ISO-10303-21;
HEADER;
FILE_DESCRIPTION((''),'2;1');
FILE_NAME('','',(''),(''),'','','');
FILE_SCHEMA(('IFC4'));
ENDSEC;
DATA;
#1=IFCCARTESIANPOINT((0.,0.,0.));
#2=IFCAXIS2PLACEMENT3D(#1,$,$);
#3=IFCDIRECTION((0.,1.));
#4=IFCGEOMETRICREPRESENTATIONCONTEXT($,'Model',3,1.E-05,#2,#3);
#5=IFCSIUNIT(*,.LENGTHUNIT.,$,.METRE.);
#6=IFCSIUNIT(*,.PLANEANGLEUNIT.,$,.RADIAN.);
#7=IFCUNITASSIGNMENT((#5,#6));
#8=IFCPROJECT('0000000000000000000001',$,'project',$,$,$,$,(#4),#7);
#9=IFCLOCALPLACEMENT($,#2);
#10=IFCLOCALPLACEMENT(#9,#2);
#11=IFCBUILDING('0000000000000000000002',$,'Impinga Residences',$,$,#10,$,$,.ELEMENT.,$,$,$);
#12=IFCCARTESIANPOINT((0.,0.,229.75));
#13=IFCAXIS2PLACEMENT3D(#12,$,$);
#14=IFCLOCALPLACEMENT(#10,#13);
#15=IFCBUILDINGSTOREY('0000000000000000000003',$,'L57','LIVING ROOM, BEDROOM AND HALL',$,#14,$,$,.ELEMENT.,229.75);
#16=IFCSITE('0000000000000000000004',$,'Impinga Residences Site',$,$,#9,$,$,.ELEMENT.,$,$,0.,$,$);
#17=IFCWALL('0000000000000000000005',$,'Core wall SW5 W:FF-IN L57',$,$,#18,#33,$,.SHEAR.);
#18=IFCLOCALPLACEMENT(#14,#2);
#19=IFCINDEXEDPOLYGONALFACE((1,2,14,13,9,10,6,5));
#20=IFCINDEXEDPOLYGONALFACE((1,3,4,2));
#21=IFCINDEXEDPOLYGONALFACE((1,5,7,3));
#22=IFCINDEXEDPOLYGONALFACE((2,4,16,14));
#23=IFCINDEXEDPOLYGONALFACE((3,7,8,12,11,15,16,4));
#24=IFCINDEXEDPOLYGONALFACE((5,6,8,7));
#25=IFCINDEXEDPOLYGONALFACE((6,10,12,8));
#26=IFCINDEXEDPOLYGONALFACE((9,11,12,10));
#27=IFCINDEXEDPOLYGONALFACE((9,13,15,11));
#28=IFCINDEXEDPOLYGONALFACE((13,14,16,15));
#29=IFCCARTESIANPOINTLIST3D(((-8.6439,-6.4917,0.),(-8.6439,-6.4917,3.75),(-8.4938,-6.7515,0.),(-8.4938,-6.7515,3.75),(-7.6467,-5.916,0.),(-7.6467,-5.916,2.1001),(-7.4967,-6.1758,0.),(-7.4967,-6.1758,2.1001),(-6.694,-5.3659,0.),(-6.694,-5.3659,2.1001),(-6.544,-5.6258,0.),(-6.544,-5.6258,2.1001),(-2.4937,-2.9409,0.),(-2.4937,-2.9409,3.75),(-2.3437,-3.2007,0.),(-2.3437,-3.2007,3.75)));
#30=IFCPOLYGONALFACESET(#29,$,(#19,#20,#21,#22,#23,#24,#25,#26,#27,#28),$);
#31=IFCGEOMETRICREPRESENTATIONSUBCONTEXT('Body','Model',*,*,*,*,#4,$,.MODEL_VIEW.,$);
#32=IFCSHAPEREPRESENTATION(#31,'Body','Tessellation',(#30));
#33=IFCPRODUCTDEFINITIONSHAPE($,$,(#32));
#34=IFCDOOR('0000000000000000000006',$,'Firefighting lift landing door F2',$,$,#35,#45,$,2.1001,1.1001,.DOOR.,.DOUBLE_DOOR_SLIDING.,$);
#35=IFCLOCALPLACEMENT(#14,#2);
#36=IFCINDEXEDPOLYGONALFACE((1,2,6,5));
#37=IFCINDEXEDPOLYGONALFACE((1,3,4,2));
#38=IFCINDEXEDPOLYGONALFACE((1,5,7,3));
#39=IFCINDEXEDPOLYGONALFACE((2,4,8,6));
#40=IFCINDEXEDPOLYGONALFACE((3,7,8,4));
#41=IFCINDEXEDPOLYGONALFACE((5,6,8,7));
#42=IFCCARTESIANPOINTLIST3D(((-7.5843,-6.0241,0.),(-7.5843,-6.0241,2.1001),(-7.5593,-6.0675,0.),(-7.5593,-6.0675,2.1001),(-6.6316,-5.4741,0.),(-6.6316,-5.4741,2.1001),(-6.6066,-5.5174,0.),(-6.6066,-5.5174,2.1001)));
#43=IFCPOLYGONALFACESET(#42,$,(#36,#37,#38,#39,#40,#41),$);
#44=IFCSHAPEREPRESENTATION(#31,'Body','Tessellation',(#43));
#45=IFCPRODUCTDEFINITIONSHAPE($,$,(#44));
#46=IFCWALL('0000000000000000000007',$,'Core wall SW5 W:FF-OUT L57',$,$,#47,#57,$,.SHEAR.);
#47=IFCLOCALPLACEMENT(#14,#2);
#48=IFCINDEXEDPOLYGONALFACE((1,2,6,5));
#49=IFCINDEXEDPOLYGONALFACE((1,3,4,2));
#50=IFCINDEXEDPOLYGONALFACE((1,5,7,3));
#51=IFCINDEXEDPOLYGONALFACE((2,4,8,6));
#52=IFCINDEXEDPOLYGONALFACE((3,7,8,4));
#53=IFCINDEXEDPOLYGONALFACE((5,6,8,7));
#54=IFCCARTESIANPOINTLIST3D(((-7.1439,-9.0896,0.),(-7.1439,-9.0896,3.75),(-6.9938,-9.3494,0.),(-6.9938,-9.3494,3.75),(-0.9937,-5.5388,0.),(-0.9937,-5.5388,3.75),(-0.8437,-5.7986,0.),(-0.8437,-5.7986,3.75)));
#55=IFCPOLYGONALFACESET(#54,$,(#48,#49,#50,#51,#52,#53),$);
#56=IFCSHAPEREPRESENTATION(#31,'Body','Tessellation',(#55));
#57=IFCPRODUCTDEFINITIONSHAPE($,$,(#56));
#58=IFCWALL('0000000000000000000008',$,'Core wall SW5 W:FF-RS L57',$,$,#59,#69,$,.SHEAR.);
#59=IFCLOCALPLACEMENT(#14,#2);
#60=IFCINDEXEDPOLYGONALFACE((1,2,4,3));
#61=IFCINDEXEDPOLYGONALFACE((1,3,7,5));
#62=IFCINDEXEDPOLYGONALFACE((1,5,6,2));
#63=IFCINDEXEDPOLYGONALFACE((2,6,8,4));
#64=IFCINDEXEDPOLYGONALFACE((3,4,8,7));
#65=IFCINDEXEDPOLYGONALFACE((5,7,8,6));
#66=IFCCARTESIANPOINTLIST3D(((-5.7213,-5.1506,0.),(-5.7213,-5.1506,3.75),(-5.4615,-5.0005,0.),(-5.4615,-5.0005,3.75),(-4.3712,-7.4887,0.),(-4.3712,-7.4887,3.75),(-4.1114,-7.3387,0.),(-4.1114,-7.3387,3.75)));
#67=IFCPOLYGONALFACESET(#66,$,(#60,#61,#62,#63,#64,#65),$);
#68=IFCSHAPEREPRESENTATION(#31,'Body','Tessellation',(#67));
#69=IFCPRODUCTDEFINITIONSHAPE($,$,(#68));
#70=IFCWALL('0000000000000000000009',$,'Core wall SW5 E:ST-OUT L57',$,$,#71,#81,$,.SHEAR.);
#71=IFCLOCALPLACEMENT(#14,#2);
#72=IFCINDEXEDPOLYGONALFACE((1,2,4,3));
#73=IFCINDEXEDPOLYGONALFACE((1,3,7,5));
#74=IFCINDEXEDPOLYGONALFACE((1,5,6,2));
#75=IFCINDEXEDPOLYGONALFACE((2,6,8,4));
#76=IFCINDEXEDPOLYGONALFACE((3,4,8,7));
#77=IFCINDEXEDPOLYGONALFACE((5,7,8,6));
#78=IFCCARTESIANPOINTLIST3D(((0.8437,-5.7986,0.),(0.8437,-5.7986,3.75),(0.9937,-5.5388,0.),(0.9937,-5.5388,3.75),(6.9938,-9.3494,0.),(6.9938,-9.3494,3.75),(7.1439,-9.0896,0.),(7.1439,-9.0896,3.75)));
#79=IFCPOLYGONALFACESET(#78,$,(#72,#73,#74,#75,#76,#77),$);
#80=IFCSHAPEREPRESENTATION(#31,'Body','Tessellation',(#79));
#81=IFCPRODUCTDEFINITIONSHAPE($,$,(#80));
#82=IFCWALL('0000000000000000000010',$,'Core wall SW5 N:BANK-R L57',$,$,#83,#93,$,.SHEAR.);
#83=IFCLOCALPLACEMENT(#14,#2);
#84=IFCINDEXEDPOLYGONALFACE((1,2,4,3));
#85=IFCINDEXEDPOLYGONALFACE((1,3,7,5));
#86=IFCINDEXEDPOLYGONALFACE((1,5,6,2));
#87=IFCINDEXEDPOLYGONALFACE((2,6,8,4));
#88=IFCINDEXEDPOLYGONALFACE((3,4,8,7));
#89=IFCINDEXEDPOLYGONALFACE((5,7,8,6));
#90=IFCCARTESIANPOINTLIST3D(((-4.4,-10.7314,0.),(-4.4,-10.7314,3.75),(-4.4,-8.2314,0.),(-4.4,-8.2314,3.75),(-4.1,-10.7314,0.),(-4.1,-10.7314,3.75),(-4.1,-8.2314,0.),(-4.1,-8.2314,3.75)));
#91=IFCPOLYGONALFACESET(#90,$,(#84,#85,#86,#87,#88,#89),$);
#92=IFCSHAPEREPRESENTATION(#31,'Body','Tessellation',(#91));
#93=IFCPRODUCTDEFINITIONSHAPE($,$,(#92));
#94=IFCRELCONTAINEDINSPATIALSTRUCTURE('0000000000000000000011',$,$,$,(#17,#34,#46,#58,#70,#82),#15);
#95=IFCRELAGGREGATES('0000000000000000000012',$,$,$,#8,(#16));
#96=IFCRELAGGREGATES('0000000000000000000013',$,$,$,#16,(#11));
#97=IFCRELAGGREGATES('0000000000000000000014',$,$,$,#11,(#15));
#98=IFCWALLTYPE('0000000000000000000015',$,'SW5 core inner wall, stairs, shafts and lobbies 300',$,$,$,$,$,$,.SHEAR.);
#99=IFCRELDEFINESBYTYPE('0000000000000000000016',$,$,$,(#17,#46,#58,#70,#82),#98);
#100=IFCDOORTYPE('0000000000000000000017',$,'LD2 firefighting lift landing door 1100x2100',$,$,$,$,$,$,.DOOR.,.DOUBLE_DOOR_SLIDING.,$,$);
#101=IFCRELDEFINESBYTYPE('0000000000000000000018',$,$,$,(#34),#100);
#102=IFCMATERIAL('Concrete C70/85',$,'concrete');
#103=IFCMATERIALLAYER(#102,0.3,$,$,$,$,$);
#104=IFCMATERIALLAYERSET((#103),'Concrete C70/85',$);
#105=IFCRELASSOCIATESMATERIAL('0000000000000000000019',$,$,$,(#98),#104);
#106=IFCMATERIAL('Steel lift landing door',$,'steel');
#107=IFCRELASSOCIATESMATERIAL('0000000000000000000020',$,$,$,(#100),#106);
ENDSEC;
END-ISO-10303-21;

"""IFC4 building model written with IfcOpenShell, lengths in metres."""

from ifc_helpers import new_model, si_unit, direction, frame, frame_2d, origin, place, context, subcontext, project, spatial, rectangle, extrude, material, layer, layer_set, type_object, element, fill, save


model = new_model("IFC4")

# Units and contexts
model_context = context("Model", 3, precision=1e-05, world=origin(), true_north=direction((0.0, 1.0)))
body_context = subcontext(model_context, "Body", "Model", "MODEL_VIEW")
ifc_project = project(units=[si_unit("LENGTHUNIT", "METRE"), si_unit("PLANEANGLEUNIT", "RADIAN")], contexts=[model_context])

# Site, building, storey
site_placement = place(None, origin())
site = spatial("IfcSite", under=ifc_project, at=site_placement, Name="Impinga Residences Site", CompositionType="ELEMENT", RefElevation=0.0)
building_placement = place(site_placement, origin())
building = spatial("IfcBuilding", under=site, at=building_placement, Name="Impinga Residences", CompositionType="ELEMENT")
storey_placement = place(building_placement, frame((0.0, 0.0, 229.75)))
storey = spatial("IfcBuildingStorey", under=building, at=storey_placement, Name="L57", Description="LIVING ROOM, BEDROOM AND HALL", CompositionType="ELEMENT", Elevation=229.75)

# Shared definitions
ifc_material_1 = material(Name="Concrete C70/85", Category="concrete")
ifc_layer_1 = layer(ifc_material_1, 0.3)
ifc_layer_set_1 = layer_set([ifc_layer_1], Name="Concrete C70/85")
wall_type_1 = type_object("IfcWallType", Name="SW5 core inner wall, stairs, shafts and lobbies 300", PredefinedType="SHEAR", material=ifc_layer_set_1)

# Wall, opening, door
wall_1_placement = place(storey_placement, frame((-2.4187, -3.0708, 0.0), z_axis=(0.0, 0.0, 1.0), x_axis=(-0.866026, -0.499999, 0.0)))
wall_1 = element("IfcWall", 1, at=wall_1_placement, inside=storey, type_object=wall_type_1, Name="Core wall SW5 W:FF-IN L57", PredefinedType="SHEAR", context=body_context, shape_type="SweptSolid", body=[
    extrude(rectangle(XDim=7.1016, YDim=0.3, at=frame_2d((3.5508, 0.0))), origin(), (0.0, 0.0, 1.0), 3.75),
])
opening_1_placement = place(wall_1_placement, frame((4.8501, 0.0, 0.0)))
opening_1 = element("IfcOpeningElement", 2, at=opening_1_placement, cuts=wall_1, PredefinedType="OPENING", context=body_context, shape_type="SweptSolid", body=[
    extrude(rectangle(XDim=1.1001, YDim=2.1001, at=frame_2d((0.55, 1.05))), frame((0.0, 0.1599, 0.0), z_axis=(0.0, -1.0, 0.0), x_axis=(1.0, 0.0, 0.0)), (0.0, 0.0, 1.0), 0.3201),
])
ifc_material_2 = material(Name="Steel lift landing door", Category="steel")
door_type_1 = type_object("IfcDoorType", Name="LD2 firefighting lift landing door 1100x2100", OperationType="DOUBLE_DOOR_SLIDING", PredefinedType="DOOR", material=ifc_material_2)
door_1_placement = place(opening_1_placement, origin())
door_1 = element("IfcDoor", 3, at=door_1_placement, inside=storey, type_object=door_type_1, Name="Firefighting lift landing door F2", OperationType="DOUBLE_DOOR_SLIDING", OverallHeight=2.1001, OverallWidth=1.1001, PredefinedType="DOOR", context=body_context, shape_type="SweptSolid", body=[
    extrude(rectangle(XDim=1.1001, YDim=2.1001, at=frame_2d((0.55, 1.05))), frame((0.0, 0.0249, 0.0), z_axis=(0.0, -1.0, 0.0), x_axis=(1.0, 0.0, 0.0)), (0.0, 0.0, 1.0), 0.05),
])
fill(opening_1, door_1)

# Walls
wall_2_placement = place(storey_placement, frame((-0.9187, -5.6687, 0.0), z_axis=(0.0, 0.0, 1.0), x_axis=(-0.866026, -0.499999, 0.0)))
element("IfcWall", 4, at=wall_2_placement, inside=storey, type_object=wall_type_1, Name="Core wall SW5 W:FF-OUT L57", PredefinedType="SHEAR", context=body_context, shape_type="SweptSolid", body=[
    extrude(rectangle(XDim=7.1016, YDim=0.3, at=frame_2d((3.5508, 0.0))), origin(), (0.0, 0.0, 1.0), 3.75),
])
wall_3_placement = place(storey_placement, frame((-4.2412, -7.4138, 0.0), z_axis=(0.0, 0.0, 1.0), x_axis=(-0.500049, 0.865997, 0.0)))
element("IfcWall", 5, at=wall_3_placement, inside=storey, type_object=wall_type_1, Name="Core wall SW5 W:FF-RS L57", PredefinedType="SHEAR", context=body_context, shape_type="SweptSolid", body=[
    extrude(rectangle(XDim=2.7, YDim=0.3, at=frame_2d((1.3501, 0.0))), origin(), (0.0, 0.0, 1.0), 3.75),
])
wall_4_placement = place(storey_placement, frame((0.9187, -5.6687, 0.0), z_axis=(0.0, 0.0, 1.0), x_axis=(0.866026, -0.499999, 0.0)))
element("IfcWall", 6, at=wall_4_placement, inside=storey, type_object=wall_type_1, Name="Core wall SW5 E:ST-OUT L57", PredefinedType="SHEAR", context=body_context, shape_type="SweptSolid", body=[
    extrude(rectangle(XDim=7.1016, YDim=0.3, at=frame_2d((3.5508, 0.0))), origin(), (0.0, 0.0, 1.0), 3.75),
])
wall_5_placement = place(storey_placement, frame((-4.25, -8.2314, 0.0), z_axis=(0.0, 0.0, 1.0), x_axis=(0.0, -1.0, 0.0)))
element("IfcWall", 7, at=wall_5_placement, inside=storey, type_object=wall_type_1, Name="Core wall SW5 N:BANK-R L57", PredefinedType="SHEAR", context=body_context, shape_type="SweptSolid", body=[
    extrude(rectangle(XDim=2.5, YDim=0.3, at=frame_2d((1.25, 0.0))), origin(), (0.0, 0.0, 1.0), 3.75),
])

save(model, "model.ifc")
